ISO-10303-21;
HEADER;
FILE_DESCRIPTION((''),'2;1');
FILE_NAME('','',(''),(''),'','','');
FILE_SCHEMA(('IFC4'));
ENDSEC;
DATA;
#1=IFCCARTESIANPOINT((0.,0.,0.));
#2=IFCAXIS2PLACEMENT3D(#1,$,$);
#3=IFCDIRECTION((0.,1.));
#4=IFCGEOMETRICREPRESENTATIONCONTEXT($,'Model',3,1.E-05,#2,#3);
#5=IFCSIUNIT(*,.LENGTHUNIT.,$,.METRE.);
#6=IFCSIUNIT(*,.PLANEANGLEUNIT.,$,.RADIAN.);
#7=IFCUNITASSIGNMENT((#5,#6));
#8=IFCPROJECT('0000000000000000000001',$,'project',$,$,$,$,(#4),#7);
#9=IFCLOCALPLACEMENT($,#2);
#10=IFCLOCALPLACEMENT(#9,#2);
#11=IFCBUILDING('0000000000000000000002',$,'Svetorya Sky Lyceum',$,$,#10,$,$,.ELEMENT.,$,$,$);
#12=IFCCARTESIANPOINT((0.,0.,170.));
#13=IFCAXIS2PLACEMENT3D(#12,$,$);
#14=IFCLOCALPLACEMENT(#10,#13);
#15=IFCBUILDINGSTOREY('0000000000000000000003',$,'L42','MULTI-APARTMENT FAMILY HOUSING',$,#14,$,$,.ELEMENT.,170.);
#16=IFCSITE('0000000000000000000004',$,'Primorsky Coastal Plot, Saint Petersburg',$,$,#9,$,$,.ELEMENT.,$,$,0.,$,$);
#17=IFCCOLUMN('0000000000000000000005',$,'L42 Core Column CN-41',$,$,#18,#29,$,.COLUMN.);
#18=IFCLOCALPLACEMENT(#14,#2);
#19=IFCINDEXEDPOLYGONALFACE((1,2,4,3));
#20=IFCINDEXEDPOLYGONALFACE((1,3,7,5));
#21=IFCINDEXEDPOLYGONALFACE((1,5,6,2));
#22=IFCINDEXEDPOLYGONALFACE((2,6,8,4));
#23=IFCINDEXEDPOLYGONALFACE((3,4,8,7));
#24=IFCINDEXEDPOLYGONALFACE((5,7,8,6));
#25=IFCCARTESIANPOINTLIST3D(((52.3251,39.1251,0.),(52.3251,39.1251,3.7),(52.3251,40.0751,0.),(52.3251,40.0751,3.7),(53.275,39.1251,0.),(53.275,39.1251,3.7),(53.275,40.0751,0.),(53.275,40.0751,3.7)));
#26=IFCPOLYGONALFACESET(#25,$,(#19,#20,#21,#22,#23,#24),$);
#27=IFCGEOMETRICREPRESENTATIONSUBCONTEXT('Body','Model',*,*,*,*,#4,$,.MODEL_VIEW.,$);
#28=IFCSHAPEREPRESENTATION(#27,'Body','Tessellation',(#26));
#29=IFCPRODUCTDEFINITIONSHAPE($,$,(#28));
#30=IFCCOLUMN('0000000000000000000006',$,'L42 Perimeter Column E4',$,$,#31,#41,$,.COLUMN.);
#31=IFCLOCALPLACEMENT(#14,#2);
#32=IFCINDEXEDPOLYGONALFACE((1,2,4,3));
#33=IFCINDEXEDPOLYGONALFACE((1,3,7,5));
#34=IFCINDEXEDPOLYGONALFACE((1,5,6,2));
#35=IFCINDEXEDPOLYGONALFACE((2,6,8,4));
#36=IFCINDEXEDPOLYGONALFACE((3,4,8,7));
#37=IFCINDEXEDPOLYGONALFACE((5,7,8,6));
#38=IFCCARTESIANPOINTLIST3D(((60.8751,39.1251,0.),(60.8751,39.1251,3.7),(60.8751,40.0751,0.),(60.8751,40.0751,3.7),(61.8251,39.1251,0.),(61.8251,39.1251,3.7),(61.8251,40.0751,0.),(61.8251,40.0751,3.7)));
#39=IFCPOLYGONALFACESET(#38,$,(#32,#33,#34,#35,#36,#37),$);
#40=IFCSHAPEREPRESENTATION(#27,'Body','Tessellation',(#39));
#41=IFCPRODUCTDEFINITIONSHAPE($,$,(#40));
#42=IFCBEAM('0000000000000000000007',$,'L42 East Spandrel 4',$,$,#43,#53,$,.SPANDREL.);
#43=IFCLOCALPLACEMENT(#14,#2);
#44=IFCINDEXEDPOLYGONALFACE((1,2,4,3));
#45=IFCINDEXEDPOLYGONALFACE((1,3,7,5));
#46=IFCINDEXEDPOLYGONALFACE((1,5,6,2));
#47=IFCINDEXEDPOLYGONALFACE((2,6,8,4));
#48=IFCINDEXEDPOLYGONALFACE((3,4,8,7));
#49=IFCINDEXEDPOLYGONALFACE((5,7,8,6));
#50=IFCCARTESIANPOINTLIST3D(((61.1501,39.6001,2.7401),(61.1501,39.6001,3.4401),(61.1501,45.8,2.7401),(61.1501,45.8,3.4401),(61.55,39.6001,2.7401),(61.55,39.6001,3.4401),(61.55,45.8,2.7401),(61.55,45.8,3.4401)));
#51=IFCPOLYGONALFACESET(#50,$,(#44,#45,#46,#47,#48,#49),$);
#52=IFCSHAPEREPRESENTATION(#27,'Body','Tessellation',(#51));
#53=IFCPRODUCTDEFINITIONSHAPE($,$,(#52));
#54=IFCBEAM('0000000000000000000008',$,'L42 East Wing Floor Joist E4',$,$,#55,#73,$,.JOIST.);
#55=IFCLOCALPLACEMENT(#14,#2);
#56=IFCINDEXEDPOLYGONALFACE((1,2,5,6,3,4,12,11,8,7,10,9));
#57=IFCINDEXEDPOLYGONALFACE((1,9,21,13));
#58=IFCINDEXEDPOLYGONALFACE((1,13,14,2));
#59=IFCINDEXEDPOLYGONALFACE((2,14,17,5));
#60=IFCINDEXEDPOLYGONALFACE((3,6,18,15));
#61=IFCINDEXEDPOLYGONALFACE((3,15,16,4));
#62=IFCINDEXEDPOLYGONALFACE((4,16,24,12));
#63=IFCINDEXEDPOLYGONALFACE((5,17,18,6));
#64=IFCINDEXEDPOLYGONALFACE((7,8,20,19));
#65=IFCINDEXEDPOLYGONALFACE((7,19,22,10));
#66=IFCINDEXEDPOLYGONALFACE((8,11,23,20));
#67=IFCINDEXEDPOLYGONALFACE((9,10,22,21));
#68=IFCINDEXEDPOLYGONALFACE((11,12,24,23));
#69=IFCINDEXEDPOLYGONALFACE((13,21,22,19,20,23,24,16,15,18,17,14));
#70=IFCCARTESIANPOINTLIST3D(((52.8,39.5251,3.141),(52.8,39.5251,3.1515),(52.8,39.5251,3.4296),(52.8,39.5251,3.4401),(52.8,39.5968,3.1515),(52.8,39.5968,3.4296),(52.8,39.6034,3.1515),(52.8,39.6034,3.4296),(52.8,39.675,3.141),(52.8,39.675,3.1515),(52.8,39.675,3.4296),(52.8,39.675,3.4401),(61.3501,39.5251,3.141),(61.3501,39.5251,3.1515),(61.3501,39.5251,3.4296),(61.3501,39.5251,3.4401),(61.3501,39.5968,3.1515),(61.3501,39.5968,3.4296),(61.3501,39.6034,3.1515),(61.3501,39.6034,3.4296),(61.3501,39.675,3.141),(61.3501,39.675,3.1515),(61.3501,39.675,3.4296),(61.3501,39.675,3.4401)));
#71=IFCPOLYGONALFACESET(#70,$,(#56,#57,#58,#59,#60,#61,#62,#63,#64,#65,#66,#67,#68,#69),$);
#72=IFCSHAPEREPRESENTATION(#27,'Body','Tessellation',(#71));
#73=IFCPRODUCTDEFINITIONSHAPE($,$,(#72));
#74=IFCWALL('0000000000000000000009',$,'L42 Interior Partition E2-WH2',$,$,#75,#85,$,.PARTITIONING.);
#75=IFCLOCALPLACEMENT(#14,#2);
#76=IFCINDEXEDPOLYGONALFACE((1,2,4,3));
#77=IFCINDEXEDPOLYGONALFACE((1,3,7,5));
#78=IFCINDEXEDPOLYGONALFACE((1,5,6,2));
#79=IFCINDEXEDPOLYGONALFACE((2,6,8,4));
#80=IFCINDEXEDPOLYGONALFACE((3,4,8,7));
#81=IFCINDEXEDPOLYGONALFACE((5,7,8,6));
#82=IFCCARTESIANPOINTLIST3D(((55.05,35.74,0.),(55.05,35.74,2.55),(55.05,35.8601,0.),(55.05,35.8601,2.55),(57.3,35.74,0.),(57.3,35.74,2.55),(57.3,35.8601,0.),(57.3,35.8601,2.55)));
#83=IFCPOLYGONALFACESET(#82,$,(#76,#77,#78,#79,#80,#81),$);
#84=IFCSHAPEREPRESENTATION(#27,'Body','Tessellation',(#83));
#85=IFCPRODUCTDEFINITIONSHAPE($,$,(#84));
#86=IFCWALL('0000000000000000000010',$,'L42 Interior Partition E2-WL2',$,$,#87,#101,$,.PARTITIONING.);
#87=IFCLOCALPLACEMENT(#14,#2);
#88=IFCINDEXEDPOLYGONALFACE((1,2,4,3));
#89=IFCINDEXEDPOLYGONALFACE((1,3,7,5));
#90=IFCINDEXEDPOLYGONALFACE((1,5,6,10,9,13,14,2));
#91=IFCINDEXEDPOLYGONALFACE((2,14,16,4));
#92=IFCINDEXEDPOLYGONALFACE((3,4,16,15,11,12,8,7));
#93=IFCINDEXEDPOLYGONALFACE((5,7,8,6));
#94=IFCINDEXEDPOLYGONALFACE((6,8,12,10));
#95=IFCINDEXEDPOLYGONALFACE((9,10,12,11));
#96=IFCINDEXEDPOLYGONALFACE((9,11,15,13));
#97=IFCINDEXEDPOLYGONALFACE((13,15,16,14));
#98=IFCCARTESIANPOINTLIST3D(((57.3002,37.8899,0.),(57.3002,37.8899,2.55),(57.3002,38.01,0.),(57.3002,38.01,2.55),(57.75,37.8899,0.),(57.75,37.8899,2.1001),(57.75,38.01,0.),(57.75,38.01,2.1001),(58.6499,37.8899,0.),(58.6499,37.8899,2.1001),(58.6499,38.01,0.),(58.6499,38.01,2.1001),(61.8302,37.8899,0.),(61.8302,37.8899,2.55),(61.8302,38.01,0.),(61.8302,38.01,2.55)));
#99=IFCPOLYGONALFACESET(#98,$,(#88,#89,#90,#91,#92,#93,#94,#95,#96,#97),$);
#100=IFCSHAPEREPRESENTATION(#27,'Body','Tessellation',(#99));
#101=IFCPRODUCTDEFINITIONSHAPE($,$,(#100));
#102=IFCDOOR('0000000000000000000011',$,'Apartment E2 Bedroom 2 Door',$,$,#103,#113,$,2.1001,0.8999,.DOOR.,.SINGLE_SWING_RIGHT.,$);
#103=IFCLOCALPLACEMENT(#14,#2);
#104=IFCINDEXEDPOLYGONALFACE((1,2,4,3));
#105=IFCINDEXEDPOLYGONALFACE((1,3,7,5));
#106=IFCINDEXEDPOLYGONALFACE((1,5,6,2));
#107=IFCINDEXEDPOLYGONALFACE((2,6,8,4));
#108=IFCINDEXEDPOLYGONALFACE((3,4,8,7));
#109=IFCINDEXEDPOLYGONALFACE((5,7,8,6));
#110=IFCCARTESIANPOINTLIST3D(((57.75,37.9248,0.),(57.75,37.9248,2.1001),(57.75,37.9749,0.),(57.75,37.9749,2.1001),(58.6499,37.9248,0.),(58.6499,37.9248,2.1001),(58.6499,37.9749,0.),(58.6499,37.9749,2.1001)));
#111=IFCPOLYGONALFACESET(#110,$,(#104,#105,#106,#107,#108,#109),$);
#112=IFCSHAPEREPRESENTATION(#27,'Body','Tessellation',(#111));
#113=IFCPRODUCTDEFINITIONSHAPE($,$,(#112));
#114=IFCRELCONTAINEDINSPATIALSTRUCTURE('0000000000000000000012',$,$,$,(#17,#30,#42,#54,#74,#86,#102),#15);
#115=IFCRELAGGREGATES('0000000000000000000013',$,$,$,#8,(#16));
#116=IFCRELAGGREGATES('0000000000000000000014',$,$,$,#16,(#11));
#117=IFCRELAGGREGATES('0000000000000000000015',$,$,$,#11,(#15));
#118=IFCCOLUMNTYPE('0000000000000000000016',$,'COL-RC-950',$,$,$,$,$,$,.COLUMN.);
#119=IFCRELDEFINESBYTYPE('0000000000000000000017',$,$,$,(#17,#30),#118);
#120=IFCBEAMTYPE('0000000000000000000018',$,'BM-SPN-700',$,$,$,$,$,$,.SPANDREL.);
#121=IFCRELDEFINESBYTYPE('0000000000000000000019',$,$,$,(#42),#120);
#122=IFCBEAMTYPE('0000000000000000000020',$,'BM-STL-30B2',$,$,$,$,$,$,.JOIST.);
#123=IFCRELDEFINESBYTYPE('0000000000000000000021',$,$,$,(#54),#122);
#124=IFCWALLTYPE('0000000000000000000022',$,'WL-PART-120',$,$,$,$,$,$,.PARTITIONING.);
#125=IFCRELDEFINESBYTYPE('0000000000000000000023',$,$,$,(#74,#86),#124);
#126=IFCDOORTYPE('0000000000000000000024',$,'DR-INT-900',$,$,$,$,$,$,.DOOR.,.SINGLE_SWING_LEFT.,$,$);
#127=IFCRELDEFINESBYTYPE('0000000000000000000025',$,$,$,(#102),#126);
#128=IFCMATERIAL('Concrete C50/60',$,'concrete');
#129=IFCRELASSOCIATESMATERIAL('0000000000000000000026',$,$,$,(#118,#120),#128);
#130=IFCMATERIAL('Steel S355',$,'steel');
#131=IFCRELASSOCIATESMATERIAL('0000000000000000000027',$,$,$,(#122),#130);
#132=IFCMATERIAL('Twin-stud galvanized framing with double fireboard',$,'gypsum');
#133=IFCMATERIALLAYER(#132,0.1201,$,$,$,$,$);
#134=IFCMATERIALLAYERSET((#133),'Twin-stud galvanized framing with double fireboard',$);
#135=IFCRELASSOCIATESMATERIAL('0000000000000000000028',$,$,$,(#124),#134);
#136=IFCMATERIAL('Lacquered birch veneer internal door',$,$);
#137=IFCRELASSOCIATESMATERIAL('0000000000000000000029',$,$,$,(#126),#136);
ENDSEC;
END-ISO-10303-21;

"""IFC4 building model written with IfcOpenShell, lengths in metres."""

from ifc_helpers import new_model, si_unit, direction, frame, frame_2d, origin, origin_2d, place, context, subcontext, project, spatial, rectangle, i_section, extrude, material, layer, layer_set, material_profile, profile_set, type_object, element, fill, save


model = new_model("IFC4")

# Units and contexts
model_context = context("Model", 3, precision=1e-05, world=origin(), true_north=direction((0.0, 1.0)))
body_context = subcontext(model_context, "Body", "Model", "MODEL_VIEW")
ifc_project = project(units=[si_unit("LENGTHUNIT", "METRE"), si_unit("PLANEANGLEUNIT", "RADIAN")], contexts=[model_context])

# Site, building, storey
site_placement = place(None, origin())
site = spatial("IfcSite", under=ifc_project, at=site_placement, Name="Primorsky Coastal Plot, Saint Petersburg", CompositionType="ELEMENT", RefElevation=0.0)
building_placement = place(site_placement, origin())
building = spatial("IfcBuilding", under=site, at=building_placement, Name="Svetorya Sky Lyceum", CompositionType="ELEMENT")
storey_placement = place(building_placement, frame((0.0, 0.0, 170.0)))
storey = spatial("IfcBuildingStorey", under=building, at=storey_placement, Name="L42", Description="MULTI-APARTMENT FAMILY HOUSING", CompositionType="ELEMENT", Elevation=170.0)

# Columns
ifc_material_1 = material(Name="Concrete C50/60", Category="concrete")
ifc_material_profile_1 = material_profile(ifc_material_1, rectangle(XDim=0.95, YDim=0.95, at=origin_2d()), Name="RC COL 950x950")
ifc_profile_set_1 = profile_set([ifc_material_profile_1], Name="Concrete C50/60")
column_type = type_object("IfcColumnType", Name="COL-RC-950", PredefinedType="COLUMN", material=ifc_profile_set_1)
for number, where, z_axis, x_axis, name in (
    (1, (52.8, 39.6001, 0.0), (0.0, 0.0, 1.0), (1.0, 0.0, 0.0), "L42 Core Column CN-41"),
    (2, (61.3501, 39.6001, 0.0), (0.0, 0.0, 1.0), (1.0, 0.0, 0.0), "L42 Perimeter Column E4"),
):
    element("IfcColumn", number, at=place(storey_placement, frame(where, z_axis=z_axis, x_axis=x_axis)), inside=storey, type_object=column_type, Name=name, PredefinedType="COLUMN", context=body_context, shape_type="SweptSolid", body=[
        extrude(rectangle(XDim=0.95, YDim=0.95, at=origin_2d()), origin(), (0.0, 0.0, 1.0), 3.7),
    ])

# Beams
ifc_material_profile_2 = material_profile(ifc_material_1, rectangle(XDim=0.3999, YDim=0.7, at=origin_2d()), Name="RC SPANDREL 400x700")
ifc_profile_set_2 = profile_set([ifc_material_profile_2], Name="Concrete C50/60")
beam_type_1 = type_object("IfcBeamType", Name="BM-SPN-700", PredefinedType="SPANDREL", material=ifc_profile_set_2)
beam_1_placement = place(storey_placement, frame((61.3501, 39.6001, 3.0901), z_axis=(0.0, 1.0, 0.0), x_axis=(-1.0, 0.0, 0.0)))
element("IfcBeam", 3, at=beam_1_placement, inside=storey, type_object=beam_type_1, Name="L42 East Spandrel 4", PredefinedType="SPANDREL", context=body_context, shape_type="SweptSolid", body=[
    extrude(rectangle(XDim=0.3999, YDim=0.7, at=origin_2d()), origin(), (0.0, 0.0, 1.0), 6.2),
])
ifc_material_2 = material(Name="Steel S355", Category="steel")
ifc_material_profile_3 = material_profile(ifc_material_2, i_section(OverallWidth=0.1499, OverallDepth=0.2991, WebThickness=0.0066, FlangeThickness=0.0105, at=origin_2d()), Name="GOST 30B2")
ifc_profile_set_3 = profile_set([ifc_material_profile_3], Name="Steel S355")
beam_type_2 = type_object("IfcBeamType", Name="BM-STL-30B2", PredefinedType="JOIST", material=ifc_profile_set_3)
beam_2_placement = place(storey_placement, frame((52.8, 39.6001, 3.2905), z_axis=(1.0, 0.0, 0.0), x_axis=(0.0, 1.0, 0.0)))
element("IfcBeam", 4, at=beam_2_placement, inside=storey, type_object=beam_type_2, Name="L42 East Wing Floor Joist E4", PredefinedType="JOIST", context=body_context, shape_type="SweptSolid", body=[
    extrude(i_section(OverallWidth=0.1499, OverallDepth=0.2991, WebThickness=0.0066, FlangeThickness=0.0105, at=origin_2d()), origin(), (0.0, 0.0, 1.0), 8.55),
])

# Wall
ifc_material_3 = material(Name="Twin-stud galvanized framing with double fireboard", Category="gypsum")
ifc_layer_1 = layer(ifc_material_3, 0.1201)
ifc_layer_set_1 = layer_set([ifc_layer_1], Name="Twin-stud galvanized framing with double fireboard")
wall_type_1 = type_object("IfcWallType", Name="WL-PART-120", PredefinedType="PARTITIONING", material=ifc_layer_set_1)
wall_1_placement = place(storey_placement, frame((55.05, 35.8, 0.0), z_axis=(0.0, 0.0, 1.0), x_axis=(1.0, 0.0, 0.0)))
element("IfcWall", 5, at=wall_1_placement, inside=storey, type_object=wall_type_1, Name="L42 Interior Partition E2-WH2", PredefinedType="PARTITIONING", context=body_context, shape_type="SweptSolid", body=[
    extrude(rectangle(XDim=2.25, YDim=0.1201, at=frame_2d((1.125, 0.0))), origin(), (0.0, 0.0, 1.0), 2.55),
])

# Wall, opening, door
wall_2_placement = place(storey_placement, frame((57.3, 37.95, 0.0), z_axis=(0.0, 0.0, 1.0), x_axis=(1.0, 0.0, 0.0)))
wall_2 = element("IfcWall", 6, at=wall_2_placement, inside=storey, type_object=wall_type_1, Name="L42 Interior Partition E2-WL2", PredefinedType="PARTITIONING", context=body_context, shape_type="SweptSolid", body=[
    extrude(rectangle(XDim=4.53, YDim=0.1201, at=frame_2d((2.2651, 0.0))), origin(), (0.0, 0.0, 1.0), 2.55),
])
opening_1_placement = place(wall_2_placement, frame((0.45, 0.0, 0.0)))
opening_1 = element("IfcOpeningElement", 7, at=opening_1_placement, cuts=wall_2, PredefinedType="OPENING", context=body_context, shape_type="SweptSolid", body=[
    extrude(rectangle(XDim=0.8999, YDim=2.1001, at=frame_2d((0.45, 1.05))), frame((0.0, 0.0701, 0.0), z_axis=(0.0, -1.0, 0.0), x_axis=(1.0, 0.0, 0.0)), (0.0, 0.0, 1.0), 0.1401),
])
ifc_material_4 = material(Name="Lacquered birch veneer internal door")
door_type_1 = type_object("IfcDoorType", Name="DR-INT-900", OperationType="SINGLE_SWING_LEFT", PredefinedType="DOOR", material=ifc_material_4)
door_1_placement = place(opening_1_placement, origin())
door_1 = element("IfcDoor", 8, at=door_1_placement, inside=storey, type_object=door_type_1, Name="Apartment E2 Bedroom 2 Door", OperationType="SINGLE_SWING_RIGHT", OverallHeight=2.1001, OverallWidth=0.8999, PredefinedType="DOOR", context=body_context, shape_type="SweptSolid", body=[
    extrude(rectangle(XDim=0.8999, YDim=2.1001, at=frame_2d((0.45, 1.05))), frame((0.0, 0.0249, 0.0), z_axis=(0.0, -1.0, 0.0), x_axis=(1.0, 0.0, 0.0)), (0.0, 0.0, 1.0), 0.05),
])
fill(opening_1, door_1)

save(model, "model.ifc")
